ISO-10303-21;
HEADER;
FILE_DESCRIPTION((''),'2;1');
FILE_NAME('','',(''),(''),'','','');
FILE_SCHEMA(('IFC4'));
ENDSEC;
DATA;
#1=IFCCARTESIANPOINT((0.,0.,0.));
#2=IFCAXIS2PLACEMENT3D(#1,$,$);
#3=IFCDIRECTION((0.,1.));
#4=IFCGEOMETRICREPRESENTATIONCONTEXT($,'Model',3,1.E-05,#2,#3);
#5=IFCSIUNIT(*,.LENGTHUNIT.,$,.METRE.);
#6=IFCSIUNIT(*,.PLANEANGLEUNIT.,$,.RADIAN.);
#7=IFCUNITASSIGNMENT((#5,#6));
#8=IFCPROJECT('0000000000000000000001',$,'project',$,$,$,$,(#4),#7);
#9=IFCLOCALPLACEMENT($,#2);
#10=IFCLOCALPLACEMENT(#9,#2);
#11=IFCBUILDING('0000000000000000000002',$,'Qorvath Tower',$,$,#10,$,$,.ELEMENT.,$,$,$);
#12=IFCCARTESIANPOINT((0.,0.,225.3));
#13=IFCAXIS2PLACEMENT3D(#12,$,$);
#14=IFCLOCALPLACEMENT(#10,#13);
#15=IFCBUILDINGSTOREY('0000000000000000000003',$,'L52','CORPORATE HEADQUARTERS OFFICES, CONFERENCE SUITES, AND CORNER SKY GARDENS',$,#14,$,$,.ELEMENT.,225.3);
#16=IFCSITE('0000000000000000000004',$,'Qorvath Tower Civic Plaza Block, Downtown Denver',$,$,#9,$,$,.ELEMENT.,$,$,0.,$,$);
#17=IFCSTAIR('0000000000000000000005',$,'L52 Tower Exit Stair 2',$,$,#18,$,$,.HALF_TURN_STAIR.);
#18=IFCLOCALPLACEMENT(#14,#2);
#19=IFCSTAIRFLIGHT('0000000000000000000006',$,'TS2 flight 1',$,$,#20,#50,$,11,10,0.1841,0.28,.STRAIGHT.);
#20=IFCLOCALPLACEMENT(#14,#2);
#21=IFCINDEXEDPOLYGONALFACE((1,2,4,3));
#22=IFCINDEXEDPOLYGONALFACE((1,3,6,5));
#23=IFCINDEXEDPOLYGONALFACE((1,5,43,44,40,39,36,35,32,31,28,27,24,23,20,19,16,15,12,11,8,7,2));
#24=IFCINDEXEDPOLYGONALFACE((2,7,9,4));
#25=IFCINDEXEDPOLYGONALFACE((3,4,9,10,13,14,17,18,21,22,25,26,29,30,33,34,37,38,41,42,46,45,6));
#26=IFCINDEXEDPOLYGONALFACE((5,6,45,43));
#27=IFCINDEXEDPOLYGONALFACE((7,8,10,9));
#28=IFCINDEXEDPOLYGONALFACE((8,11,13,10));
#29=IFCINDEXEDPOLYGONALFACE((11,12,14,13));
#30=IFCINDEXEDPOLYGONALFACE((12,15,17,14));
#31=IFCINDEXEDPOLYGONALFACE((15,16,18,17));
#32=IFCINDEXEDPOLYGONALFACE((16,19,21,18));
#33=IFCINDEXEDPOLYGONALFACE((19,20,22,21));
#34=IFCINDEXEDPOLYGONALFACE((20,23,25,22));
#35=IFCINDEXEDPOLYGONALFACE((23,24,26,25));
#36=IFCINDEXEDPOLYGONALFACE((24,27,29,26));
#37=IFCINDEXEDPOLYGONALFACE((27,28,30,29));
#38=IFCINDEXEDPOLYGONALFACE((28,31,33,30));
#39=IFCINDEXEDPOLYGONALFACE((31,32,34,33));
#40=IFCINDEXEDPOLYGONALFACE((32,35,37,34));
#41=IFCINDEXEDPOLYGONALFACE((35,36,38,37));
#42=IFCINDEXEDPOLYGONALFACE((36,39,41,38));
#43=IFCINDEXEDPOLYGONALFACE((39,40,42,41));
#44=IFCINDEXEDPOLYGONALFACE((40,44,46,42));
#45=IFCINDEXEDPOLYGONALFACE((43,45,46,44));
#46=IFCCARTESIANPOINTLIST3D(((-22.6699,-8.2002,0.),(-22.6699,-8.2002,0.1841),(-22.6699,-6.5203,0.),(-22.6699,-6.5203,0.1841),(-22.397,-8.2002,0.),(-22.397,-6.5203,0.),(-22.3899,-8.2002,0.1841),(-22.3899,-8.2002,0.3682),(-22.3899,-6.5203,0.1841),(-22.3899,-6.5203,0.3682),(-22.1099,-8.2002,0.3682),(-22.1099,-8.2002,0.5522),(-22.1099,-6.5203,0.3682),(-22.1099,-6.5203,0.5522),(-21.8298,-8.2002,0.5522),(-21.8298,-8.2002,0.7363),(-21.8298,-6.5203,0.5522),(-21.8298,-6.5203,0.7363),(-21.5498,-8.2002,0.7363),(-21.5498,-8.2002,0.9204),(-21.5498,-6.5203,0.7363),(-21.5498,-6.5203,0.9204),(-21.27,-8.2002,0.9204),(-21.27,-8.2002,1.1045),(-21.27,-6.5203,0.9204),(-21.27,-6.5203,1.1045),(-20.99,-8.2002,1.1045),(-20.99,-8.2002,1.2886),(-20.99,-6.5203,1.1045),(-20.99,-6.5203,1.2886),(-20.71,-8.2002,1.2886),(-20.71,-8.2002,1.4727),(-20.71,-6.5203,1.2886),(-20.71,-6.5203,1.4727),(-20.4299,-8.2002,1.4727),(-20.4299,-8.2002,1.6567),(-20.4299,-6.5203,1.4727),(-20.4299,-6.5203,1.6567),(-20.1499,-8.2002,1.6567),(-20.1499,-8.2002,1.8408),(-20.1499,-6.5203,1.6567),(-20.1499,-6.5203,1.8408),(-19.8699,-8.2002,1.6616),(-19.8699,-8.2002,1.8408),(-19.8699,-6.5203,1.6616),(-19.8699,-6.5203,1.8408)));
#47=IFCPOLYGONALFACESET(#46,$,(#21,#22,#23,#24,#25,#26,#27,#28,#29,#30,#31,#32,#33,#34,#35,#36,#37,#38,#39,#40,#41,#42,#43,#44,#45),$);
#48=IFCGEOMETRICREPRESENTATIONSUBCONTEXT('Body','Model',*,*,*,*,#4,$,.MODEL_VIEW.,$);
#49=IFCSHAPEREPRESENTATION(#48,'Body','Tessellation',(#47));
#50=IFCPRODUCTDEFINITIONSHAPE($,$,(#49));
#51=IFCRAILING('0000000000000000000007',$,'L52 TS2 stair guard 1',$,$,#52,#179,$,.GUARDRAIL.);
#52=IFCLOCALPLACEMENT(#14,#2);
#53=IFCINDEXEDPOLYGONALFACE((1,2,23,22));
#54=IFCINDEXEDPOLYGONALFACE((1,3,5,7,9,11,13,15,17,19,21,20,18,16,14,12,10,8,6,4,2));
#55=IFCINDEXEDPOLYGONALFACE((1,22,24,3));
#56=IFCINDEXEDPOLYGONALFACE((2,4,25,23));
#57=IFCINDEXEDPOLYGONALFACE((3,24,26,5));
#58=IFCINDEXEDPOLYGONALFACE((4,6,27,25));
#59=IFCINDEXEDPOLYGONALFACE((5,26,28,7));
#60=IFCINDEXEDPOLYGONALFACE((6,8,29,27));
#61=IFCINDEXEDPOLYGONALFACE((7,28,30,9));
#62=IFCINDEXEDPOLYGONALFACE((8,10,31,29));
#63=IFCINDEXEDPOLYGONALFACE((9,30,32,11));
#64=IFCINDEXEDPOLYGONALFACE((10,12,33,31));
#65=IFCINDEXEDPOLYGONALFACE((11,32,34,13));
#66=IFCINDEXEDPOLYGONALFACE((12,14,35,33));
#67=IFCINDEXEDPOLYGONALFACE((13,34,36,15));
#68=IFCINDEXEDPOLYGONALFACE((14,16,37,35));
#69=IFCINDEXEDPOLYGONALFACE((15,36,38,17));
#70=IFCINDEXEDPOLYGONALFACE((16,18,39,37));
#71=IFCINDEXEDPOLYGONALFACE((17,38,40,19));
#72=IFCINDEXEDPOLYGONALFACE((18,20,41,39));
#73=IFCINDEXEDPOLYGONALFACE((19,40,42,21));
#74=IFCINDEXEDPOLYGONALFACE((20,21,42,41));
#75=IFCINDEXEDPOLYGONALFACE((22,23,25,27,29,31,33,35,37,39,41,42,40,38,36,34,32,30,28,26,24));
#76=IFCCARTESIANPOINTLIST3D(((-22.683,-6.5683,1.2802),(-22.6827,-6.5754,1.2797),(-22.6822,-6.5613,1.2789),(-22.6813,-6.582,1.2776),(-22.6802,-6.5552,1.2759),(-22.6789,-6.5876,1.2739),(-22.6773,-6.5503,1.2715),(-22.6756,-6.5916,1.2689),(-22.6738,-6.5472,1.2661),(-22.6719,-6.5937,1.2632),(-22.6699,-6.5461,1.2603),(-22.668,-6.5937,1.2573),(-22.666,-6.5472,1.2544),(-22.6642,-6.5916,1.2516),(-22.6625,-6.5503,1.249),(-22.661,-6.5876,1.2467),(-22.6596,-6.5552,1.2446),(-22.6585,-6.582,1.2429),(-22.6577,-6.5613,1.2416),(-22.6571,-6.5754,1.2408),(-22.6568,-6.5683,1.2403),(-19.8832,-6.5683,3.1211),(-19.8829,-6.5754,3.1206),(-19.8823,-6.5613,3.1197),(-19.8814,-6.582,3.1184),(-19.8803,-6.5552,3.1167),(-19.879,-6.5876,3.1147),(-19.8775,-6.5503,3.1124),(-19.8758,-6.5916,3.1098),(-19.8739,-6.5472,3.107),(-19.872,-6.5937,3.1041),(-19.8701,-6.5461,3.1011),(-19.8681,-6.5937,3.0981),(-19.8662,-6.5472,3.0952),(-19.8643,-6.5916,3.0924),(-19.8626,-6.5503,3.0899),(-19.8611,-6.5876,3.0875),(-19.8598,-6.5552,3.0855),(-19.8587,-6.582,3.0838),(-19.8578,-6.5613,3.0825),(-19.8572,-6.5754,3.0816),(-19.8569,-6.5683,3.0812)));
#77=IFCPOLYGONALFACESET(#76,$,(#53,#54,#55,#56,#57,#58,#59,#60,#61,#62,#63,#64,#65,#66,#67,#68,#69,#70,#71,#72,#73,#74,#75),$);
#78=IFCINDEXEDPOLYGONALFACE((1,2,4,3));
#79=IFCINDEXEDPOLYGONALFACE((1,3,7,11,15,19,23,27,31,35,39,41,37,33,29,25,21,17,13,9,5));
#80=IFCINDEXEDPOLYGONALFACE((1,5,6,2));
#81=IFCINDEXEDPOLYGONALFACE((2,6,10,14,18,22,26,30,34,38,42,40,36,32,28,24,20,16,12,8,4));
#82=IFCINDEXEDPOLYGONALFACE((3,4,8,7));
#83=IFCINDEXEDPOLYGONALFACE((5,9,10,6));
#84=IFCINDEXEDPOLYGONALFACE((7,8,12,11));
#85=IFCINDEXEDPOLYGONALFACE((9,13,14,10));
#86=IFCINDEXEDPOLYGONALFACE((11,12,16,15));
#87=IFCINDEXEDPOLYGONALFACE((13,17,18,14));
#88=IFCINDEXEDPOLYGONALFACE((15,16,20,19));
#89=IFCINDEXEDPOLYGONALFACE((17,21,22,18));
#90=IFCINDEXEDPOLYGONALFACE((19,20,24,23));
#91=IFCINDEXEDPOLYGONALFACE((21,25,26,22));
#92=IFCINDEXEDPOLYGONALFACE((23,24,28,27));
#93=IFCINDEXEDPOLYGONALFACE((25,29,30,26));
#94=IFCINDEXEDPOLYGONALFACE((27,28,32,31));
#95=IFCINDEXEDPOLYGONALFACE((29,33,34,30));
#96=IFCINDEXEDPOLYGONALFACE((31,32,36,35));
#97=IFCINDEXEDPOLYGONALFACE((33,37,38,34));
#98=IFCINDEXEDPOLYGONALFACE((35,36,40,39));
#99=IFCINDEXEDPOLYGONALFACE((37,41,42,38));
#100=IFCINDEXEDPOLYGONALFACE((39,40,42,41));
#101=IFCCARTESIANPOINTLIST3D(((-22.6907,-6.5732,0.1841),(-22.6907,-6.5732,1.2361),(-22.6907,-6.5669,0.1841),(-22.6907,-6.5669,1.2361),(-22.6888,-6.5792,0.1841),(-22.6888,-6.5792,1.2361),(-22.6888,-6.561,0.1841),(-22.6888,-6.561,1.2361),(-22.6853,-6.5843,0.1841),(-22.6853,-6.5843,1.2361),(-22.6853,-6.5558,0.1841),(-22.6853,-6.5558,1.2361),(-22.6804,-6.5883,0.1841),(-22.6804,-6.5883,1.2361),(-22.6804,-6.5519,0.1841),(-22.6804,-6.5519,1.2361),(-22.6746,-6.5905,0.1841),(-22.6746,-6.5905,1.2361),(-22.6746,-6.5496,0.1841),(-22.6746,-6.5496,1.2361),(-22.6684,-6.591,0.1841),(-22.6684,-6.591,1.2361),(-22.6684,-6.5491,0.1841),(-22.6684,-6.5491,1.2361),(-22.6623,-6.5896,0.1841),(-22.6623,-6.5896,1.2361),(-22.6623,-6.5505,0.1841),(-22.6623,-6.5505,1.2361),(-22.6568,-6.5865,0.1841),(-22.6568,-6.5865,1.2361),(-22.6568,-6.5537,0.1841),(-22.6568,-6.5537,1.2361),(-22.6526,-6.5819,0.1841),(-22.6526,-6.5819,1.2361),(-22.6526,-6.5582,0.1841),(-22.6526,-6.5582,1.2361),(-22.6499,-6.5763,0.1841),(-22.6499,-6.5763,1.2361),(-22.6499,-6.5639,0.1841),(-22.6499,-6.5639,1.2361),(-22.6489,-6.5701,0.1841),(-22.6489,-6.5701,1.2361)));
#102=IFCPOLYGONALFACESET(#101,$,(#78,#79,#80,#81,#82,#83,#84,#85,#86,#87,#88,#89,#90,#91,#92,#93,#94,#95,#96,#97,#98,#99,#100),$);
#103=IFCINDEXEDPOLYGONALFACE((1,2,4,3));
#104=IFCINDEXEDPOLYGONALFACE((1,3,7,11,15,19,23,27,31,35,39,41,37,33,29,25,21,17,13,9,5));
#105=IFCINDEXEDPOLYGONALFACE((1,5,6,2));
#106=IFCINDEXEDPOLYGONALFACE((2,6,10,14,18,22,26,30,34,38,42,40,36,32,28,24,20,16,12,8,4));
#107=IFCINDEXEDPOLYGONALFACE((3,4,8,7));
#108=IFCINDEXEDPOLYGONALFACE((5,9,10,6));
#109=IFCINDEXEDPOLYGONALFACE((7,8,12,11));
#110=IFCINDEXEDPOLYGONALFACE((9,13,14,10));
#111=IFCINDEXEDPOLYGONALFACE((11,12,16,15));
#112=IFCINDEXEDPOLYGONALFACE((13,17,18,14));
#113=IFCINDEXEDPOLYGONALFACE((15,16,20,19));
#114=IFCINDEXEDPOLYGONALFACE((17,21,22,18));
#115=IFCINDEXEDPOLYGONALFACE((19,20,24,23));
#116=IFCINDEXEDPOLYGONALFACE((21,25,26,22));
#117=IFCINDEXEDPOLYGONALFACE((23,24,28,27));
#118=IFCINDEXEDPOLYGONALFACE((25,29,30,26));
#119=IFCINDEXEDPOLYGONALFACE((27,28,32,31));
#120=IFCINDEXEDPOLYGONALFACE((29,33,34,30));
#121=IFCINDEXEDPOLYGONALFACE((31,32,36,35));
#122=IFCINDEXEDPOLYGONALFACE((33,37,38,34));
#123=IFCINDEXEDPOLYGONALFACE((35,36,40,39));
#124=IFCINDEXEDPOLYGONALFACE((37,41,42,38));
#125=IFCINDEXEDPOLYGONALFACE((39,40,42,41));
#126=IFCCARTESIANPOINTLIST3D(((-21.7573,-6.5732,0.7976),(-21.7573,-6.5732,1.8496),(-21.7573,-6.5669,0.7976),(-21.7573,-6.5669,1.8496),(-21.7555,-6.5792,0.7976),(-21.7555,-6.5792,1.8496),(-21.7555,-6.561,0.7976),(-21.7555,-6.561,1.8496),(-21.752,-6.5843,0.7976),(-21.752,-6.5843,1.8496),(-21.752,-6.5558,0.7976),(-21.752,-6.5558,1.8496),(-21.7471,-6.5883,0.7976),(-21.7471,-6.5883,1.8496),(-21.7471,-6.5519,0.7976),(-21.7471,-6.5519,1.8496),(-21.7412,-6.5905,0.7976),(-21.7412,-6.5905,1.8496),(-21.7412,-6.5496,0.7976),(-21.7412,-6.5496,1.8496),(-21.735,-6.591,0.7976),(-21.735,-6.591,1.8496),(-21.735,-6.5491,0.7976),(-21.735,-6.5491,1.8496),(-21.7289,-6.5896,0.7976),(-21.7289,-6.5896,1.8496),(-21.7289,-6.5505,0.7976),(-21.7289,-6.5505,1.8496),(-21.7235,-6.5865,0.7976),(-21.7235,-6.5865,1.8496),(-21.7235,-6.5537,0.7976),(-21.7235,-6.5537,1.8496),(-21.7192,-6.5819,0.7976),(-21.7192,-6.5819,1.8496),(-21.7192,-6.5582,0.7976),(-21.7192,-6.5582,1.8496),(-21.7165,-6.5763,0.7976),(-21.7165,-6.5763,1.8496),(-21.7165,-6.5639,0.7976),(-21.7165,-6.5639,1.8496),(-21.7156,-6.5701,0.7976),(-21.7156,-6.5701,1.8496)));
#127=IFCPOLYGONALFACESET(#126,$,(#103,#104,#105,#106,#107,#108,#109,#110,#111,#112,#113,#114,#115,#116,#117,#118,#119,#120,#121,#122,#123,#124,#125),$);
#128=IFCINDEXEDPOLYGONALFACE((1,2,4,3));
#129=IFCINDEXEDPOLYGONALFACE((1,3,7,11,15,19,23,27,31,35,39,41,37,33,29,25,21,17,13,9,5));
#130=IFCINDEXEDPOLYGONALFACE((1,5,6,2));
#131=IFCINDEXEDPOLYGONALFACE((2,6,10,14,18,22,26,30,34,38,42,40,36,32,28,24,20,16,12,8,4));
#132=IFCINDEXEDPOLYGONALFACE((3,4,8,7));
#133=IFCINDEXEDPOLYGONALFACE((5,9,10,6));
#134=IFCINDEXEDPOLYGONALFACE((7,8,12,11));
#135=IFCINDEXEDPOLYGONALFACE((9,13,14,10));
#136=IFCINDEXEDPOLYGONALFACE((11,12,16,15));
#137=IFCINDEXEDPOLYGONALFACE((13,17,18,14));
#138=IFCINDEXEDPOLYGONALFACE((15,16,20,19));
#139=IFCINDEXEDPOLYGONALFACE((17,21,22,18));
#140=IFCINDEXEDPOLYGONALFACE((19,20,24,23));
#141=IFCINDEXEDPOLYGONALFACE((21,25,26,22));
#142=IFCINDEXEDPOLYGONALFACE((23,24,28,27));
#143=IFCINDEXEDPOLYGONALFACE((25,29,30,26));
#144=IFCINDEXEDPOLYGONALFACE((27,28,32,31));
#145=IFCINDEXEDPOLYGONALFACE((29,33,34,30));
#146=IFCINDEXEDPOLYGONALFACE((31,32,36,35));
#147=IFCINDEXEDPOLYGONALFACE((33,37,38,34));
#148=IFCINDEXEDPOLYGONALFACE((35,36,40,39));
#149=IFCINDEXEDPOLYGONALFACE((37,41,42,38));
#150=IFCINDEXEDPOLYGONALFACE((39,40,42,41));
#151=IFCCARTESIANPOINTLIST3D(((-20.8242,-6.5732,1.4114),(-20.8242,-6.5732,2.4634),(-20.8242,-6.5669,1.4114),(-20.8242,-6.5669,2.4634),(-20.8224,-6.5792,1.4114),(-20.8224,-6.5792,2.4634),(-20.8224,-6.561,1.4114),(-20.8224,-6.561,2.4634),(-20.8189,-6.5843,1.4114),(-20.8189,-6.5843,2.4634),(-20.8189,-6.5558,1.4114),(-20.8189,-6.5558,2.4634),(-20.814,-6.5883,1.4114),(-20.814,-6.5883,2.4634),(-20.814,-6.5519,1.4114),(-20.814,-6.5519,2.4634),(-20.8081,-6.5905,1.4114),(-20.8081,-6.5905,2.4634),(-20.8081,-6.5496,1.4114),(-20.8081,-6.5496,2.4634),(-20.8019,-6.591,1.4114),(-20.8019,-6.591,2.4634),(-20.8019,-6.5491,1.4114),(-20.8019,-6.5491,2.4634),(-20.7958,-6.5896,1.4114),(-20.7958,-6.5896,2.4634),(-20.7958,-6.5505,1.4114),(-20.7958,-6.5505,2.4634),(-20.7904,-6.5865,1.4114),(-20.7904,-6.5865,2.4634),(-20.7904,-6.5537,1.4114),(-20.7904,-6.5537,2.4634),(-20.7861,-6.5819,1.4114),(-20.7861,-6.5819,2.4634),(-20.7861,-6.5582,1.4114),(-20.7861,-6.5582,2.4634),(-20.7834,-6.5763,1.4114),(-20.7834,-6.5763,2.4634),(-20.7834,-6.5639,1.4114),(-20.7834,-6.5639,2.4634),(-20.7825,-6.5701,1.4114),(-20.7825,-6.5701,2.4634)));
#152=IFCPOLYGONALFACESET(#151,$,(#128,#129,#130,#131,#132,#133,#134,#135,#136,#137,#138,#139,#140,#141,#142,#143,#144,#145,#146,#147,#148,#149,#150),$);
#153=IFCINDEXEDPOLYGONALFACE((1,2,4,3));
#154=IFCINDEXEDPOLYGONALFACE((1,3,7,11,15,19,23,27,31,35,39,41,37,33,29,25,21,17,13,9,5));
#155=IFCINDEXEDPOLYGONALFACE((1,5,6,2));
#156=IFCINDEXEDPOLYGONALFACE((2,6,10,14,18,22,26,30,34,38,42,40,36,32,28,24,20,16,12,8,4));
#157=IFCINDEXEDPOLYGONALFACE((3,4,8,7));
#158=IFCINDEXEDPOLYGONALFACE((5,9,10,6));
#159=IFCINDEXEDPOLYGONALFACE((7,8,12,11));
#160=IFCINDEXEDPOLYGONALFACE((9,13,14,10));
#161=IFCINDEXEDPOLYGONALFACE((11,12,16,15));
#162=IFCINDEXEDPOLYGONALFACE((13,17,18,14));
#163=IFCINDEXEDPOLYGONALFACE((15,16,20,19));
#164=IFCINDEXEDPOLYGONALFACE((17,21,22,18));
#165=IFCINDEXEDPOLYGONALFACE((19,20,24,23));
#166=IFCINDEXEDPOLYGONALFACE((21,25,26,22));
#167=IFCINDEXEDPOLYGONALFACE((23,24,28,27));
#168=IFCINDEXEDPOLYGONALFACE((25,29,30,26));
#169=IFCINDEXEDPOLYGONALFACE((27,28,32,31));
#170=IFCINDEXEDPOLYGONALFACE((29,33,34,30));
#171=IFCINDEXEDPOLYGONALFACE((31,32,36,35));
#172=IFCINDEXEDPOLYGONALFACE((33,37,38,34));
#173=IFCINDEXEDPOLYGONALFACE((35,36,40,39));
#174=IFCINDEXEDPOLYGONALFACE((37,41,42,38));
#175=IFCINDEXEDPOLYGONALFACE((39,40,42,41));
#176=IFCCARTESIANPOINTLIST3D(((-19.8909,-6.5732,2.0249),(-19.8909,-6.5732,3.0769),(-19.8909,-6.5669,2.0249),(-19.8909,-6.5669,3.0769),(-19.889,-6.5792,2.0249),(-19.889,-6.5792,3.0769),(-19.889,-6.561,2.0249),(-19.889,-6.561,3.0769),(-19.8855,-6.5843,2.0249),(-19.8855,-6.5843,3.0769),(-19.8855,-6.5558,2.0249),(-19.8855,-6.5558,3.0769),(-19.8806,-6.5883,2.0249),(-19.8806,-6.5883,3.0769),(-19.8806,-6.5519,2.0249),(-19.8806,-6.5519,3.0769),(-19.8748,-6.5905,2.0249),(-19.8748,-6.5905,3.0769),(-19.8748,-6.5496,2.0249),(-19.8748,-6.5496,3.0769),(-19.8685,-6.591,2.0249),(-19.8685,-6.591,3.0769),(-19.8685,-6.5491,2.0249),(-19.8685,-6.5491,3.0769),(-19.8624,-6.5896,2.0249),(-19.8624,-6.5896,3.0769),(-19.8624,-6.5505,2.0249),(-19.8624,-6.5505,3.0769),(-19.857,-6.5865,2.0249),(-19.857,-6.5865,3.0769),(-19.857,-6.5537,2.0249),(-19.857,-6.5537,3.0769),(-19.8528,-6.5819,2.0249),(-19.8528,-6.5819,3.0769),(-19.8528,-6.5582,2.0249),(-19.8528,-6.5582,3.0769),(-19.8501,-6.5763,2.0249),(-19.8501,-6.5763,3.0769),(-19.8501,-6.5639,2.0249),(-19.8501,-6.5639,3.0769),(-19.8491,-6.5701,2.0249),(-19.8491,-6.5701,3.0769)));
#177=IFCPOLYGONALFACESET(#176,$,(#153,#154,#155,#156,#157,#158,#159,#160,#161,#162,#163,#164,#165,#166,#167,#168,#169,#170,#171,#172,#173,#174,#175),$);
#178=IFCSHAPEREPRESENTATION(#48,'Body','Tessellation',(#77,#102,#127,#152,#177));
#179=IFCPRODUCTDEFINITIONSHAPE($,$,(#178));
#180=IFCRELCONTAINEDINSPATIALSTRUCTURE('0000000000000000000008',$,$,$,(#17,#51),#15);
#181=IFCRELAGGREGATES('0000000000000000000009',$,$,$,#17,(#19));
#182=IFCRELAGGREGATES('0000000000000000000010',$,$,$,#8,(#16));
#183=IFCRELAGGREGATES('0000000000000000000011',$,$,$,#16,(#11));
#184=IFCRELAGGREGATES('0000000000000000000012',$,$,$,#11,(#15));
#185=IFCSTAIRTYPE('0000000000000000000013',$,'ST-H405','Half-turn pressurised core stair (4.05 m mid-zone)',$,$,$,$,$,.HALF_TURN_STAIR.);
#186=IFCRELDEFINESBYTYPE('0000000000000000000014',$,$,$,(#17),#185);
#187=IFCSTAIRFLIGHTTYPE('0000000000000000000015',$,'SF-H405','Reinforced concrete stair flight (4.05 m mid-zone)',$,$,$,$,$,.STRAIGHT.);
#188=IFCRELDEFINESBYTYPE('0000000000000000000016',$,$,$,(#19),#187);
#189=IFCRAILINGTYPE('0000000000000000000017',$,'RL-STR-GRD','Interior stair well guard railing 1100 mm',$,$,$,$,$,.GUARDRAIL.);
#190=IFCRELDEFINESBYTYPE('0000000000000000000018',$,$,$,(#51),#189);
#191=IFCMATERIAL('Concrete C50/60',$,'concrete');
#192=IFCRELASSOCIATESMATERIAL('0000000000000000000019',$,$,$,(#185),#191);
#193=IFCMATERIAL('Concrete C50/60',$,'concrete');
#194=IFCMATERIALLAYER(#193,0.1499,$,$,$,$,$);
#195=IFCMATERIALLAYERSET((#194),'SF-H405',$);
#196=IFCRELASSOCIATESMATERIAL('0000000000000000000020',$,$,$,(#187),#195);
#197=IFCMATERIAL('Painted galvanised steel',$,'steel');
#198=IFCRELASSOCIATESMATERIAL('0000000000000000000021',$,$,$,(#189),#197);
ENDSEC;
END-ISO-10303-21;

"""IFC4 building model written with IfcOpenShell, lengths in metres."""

from ifc_helpers import new_model, si_unit, direction, frame, origin, origin_2d, place, context, subcontext, project, spatial, polyline, circle, outline, extrude, material, layer, layer_set, type_object, element, aggregate, save


model = new_model("IFC4")

# Units and contexts
model_context = context("Model", 3, precision=1e-05, world=origin(), true_north=direction((0.0, 1.0)))
body_context = subcontext(model_context, "Body", "Model", "MODEL_VIEW")
ifc_project = project(units=[si_unit("LENGTHUNIT", "METRE"), si_unit("PLANEANGLEUNIT", "RADIAN")], contexts=[model_context])

# Site, building, storey
site_placement = place(None, origin())
site = spatial("IfcSite", under=ifc_project, at=site_placement, Name="Qorvath Tower Civic Plaza Block, Downtown Denver", CompositionType="ELEMENT", RefElevation=0.0)
building_placement = place(site_placement, origin())
building = spatial("IfcBuilding", under=site, at=building_placement, Name="Qorvath Tower", CompositionType="ELEMENT")
storey_placement = place(building_placement, frame((0.0, 0.0, 225.3)))
storey = spatial("IfcBuildingStorey", under=building, at=storey_placement, Name="L52", Description="CORPORATE HEADQUARTERS OFFICES, CONFERENCE SUITES, AND CORNER SKY GARDENS", CompositionType="ELEMENT", Elevation=225.3)

# Stair, stair flight
ifc_material_1 = material(Name="Concrete C50/60", Category="concrete")
stair_type = type_object("IfcStairType", Name="ST-H405", Description="Half-turn pressurised core stair (4.05 m mid-zone)", PredefinedType="HALF_TURN_STAIR", material=ifc_material_1)
stair_placement = place(storey_placement, origin())
stair = element("IfcStair", 1, at=stair_placement, inside=storey, type_object=stair_type, Name="L52 Tower Exit Stair 2", PredefinedType="HALF_TURN_STAIR")
ifc_material_2 = material(Name="Concrete C50/60", Category="concrete")
ifc_layer_1 = layer(ifc_material_2, 0.1499)
ifc_layer_set_1 = layer_set([ifc_layer_1], Name="SF-H405")
stair_flight_type = type_object("IfcStairFlightType", Name="SF-H405", Description="Reinforced concrete stair flight (4.05 m mid-zone)", PredefinedType="STRAIGHT", material=ifc_layer_set_1)
stair_flight_placement = place(storey_placement, frame((-22.6699, -7.3601, 0.0), z_axis=(0.0, 0.0, 1.0), x_axis=(1.0, 0.0, 0.0)))
stair_flight = element("IfcStairFlight", 2, at=stair_flight_placement, type_object=stair_flight_type, Name="TS2 flight 1", NumberOfRisers=11, NumberOfTreads=10, PredefinedType="STRAIGHT", RiserHeight=0.1841, TreadLength=0.28, context=body_context, shape_type="SweptSolid", body=[
    extrude(outline(polyline([(0.0, 0.0), (0.0, 0.1841), (0.28, 0.1841), (0.28, 0.3682), (0.5601, 0.3682), (0.5601, 0.5522), (0.8401, 0.5522), (0.8401, 0.7363), (1.1201, 0.7363), (1.1201, 0.9204), (1.3999, 0.9204), (1.3999, 1.1045), (1.6799, 1.1045), (1.6799, 1.2886), (1.96, 1.2886), (1.96, 1.4727), (2.24, 1.4727), (2.24, 1.6567), (2.52, 1.6567), (2.52, 1.8408), (2.8, 1.8408), (2.8, 2.0249), (2.8, 1.6616), (0.2729, 0.0), (0.0, 0.0)])), frame((0.0, 0.8398, 0.0), z_axis=(0.0, -1.0, 0.0), x_axis=(1.0, 0.0, 0.0)), (0.0, 0.0, 1.0), 1.6799),
])
aggregate(stair, [stair_flight])

# Railing
ifc_material_3 = material(Name="Painted galvanised steel", Category="steel")
railing_type_1 = type_object("IfcRailingType", Name="RL-STR-GRD", Description="Interior stair well guard railing 1100 mm", PredefinedType="GUARDRAIL", material=ifc_material_3)
railing_1_placement = place(storey_placement, frame((-22.6699, -6.5701, 0.1841)))
element("IfcRailing", 3, at=railing_1_placement, inside=storey, type_object=railing_type_1, Name="L52 TS2 stair guard 1", PredefinedType="GUARDRAIL", context=body_context, shape_type="SweptSolid", body=[
    extrude(circle(Radius=0.0239, at=origin_2d()), frame((0.0, 0.0, 1.0762), z_axis=(0.835576, 0.0, 0.549376), x_axis=(0.0, 1.0, 0.0)), (0.0, 0.0, 1.0), 3.3508),
    extrude(circle(Radius=0.021, at=origin_2d()), origin(), (0.0, 0.0, 1.0), 1.052),
    extrude(circle(Radius=0.021, at=origin_2d()), frame((0.9333, 0.0, 0.6135)), (0.0, 0.0, 1.0), 1.052),
    extrude(circle(Radius=0.021, at=origin_2d()), frame((1.8665, 0.0, 1.2273)), (0.0, 0.0, 1.0), 1.052),
    extrude(circle(Radius=0.021, at=origin_2d()), frame((2.7998, 0.0, 1.8408)), (0.0, 0.0, 1.0), 1.052),
])

save(model, "model.ifc")
